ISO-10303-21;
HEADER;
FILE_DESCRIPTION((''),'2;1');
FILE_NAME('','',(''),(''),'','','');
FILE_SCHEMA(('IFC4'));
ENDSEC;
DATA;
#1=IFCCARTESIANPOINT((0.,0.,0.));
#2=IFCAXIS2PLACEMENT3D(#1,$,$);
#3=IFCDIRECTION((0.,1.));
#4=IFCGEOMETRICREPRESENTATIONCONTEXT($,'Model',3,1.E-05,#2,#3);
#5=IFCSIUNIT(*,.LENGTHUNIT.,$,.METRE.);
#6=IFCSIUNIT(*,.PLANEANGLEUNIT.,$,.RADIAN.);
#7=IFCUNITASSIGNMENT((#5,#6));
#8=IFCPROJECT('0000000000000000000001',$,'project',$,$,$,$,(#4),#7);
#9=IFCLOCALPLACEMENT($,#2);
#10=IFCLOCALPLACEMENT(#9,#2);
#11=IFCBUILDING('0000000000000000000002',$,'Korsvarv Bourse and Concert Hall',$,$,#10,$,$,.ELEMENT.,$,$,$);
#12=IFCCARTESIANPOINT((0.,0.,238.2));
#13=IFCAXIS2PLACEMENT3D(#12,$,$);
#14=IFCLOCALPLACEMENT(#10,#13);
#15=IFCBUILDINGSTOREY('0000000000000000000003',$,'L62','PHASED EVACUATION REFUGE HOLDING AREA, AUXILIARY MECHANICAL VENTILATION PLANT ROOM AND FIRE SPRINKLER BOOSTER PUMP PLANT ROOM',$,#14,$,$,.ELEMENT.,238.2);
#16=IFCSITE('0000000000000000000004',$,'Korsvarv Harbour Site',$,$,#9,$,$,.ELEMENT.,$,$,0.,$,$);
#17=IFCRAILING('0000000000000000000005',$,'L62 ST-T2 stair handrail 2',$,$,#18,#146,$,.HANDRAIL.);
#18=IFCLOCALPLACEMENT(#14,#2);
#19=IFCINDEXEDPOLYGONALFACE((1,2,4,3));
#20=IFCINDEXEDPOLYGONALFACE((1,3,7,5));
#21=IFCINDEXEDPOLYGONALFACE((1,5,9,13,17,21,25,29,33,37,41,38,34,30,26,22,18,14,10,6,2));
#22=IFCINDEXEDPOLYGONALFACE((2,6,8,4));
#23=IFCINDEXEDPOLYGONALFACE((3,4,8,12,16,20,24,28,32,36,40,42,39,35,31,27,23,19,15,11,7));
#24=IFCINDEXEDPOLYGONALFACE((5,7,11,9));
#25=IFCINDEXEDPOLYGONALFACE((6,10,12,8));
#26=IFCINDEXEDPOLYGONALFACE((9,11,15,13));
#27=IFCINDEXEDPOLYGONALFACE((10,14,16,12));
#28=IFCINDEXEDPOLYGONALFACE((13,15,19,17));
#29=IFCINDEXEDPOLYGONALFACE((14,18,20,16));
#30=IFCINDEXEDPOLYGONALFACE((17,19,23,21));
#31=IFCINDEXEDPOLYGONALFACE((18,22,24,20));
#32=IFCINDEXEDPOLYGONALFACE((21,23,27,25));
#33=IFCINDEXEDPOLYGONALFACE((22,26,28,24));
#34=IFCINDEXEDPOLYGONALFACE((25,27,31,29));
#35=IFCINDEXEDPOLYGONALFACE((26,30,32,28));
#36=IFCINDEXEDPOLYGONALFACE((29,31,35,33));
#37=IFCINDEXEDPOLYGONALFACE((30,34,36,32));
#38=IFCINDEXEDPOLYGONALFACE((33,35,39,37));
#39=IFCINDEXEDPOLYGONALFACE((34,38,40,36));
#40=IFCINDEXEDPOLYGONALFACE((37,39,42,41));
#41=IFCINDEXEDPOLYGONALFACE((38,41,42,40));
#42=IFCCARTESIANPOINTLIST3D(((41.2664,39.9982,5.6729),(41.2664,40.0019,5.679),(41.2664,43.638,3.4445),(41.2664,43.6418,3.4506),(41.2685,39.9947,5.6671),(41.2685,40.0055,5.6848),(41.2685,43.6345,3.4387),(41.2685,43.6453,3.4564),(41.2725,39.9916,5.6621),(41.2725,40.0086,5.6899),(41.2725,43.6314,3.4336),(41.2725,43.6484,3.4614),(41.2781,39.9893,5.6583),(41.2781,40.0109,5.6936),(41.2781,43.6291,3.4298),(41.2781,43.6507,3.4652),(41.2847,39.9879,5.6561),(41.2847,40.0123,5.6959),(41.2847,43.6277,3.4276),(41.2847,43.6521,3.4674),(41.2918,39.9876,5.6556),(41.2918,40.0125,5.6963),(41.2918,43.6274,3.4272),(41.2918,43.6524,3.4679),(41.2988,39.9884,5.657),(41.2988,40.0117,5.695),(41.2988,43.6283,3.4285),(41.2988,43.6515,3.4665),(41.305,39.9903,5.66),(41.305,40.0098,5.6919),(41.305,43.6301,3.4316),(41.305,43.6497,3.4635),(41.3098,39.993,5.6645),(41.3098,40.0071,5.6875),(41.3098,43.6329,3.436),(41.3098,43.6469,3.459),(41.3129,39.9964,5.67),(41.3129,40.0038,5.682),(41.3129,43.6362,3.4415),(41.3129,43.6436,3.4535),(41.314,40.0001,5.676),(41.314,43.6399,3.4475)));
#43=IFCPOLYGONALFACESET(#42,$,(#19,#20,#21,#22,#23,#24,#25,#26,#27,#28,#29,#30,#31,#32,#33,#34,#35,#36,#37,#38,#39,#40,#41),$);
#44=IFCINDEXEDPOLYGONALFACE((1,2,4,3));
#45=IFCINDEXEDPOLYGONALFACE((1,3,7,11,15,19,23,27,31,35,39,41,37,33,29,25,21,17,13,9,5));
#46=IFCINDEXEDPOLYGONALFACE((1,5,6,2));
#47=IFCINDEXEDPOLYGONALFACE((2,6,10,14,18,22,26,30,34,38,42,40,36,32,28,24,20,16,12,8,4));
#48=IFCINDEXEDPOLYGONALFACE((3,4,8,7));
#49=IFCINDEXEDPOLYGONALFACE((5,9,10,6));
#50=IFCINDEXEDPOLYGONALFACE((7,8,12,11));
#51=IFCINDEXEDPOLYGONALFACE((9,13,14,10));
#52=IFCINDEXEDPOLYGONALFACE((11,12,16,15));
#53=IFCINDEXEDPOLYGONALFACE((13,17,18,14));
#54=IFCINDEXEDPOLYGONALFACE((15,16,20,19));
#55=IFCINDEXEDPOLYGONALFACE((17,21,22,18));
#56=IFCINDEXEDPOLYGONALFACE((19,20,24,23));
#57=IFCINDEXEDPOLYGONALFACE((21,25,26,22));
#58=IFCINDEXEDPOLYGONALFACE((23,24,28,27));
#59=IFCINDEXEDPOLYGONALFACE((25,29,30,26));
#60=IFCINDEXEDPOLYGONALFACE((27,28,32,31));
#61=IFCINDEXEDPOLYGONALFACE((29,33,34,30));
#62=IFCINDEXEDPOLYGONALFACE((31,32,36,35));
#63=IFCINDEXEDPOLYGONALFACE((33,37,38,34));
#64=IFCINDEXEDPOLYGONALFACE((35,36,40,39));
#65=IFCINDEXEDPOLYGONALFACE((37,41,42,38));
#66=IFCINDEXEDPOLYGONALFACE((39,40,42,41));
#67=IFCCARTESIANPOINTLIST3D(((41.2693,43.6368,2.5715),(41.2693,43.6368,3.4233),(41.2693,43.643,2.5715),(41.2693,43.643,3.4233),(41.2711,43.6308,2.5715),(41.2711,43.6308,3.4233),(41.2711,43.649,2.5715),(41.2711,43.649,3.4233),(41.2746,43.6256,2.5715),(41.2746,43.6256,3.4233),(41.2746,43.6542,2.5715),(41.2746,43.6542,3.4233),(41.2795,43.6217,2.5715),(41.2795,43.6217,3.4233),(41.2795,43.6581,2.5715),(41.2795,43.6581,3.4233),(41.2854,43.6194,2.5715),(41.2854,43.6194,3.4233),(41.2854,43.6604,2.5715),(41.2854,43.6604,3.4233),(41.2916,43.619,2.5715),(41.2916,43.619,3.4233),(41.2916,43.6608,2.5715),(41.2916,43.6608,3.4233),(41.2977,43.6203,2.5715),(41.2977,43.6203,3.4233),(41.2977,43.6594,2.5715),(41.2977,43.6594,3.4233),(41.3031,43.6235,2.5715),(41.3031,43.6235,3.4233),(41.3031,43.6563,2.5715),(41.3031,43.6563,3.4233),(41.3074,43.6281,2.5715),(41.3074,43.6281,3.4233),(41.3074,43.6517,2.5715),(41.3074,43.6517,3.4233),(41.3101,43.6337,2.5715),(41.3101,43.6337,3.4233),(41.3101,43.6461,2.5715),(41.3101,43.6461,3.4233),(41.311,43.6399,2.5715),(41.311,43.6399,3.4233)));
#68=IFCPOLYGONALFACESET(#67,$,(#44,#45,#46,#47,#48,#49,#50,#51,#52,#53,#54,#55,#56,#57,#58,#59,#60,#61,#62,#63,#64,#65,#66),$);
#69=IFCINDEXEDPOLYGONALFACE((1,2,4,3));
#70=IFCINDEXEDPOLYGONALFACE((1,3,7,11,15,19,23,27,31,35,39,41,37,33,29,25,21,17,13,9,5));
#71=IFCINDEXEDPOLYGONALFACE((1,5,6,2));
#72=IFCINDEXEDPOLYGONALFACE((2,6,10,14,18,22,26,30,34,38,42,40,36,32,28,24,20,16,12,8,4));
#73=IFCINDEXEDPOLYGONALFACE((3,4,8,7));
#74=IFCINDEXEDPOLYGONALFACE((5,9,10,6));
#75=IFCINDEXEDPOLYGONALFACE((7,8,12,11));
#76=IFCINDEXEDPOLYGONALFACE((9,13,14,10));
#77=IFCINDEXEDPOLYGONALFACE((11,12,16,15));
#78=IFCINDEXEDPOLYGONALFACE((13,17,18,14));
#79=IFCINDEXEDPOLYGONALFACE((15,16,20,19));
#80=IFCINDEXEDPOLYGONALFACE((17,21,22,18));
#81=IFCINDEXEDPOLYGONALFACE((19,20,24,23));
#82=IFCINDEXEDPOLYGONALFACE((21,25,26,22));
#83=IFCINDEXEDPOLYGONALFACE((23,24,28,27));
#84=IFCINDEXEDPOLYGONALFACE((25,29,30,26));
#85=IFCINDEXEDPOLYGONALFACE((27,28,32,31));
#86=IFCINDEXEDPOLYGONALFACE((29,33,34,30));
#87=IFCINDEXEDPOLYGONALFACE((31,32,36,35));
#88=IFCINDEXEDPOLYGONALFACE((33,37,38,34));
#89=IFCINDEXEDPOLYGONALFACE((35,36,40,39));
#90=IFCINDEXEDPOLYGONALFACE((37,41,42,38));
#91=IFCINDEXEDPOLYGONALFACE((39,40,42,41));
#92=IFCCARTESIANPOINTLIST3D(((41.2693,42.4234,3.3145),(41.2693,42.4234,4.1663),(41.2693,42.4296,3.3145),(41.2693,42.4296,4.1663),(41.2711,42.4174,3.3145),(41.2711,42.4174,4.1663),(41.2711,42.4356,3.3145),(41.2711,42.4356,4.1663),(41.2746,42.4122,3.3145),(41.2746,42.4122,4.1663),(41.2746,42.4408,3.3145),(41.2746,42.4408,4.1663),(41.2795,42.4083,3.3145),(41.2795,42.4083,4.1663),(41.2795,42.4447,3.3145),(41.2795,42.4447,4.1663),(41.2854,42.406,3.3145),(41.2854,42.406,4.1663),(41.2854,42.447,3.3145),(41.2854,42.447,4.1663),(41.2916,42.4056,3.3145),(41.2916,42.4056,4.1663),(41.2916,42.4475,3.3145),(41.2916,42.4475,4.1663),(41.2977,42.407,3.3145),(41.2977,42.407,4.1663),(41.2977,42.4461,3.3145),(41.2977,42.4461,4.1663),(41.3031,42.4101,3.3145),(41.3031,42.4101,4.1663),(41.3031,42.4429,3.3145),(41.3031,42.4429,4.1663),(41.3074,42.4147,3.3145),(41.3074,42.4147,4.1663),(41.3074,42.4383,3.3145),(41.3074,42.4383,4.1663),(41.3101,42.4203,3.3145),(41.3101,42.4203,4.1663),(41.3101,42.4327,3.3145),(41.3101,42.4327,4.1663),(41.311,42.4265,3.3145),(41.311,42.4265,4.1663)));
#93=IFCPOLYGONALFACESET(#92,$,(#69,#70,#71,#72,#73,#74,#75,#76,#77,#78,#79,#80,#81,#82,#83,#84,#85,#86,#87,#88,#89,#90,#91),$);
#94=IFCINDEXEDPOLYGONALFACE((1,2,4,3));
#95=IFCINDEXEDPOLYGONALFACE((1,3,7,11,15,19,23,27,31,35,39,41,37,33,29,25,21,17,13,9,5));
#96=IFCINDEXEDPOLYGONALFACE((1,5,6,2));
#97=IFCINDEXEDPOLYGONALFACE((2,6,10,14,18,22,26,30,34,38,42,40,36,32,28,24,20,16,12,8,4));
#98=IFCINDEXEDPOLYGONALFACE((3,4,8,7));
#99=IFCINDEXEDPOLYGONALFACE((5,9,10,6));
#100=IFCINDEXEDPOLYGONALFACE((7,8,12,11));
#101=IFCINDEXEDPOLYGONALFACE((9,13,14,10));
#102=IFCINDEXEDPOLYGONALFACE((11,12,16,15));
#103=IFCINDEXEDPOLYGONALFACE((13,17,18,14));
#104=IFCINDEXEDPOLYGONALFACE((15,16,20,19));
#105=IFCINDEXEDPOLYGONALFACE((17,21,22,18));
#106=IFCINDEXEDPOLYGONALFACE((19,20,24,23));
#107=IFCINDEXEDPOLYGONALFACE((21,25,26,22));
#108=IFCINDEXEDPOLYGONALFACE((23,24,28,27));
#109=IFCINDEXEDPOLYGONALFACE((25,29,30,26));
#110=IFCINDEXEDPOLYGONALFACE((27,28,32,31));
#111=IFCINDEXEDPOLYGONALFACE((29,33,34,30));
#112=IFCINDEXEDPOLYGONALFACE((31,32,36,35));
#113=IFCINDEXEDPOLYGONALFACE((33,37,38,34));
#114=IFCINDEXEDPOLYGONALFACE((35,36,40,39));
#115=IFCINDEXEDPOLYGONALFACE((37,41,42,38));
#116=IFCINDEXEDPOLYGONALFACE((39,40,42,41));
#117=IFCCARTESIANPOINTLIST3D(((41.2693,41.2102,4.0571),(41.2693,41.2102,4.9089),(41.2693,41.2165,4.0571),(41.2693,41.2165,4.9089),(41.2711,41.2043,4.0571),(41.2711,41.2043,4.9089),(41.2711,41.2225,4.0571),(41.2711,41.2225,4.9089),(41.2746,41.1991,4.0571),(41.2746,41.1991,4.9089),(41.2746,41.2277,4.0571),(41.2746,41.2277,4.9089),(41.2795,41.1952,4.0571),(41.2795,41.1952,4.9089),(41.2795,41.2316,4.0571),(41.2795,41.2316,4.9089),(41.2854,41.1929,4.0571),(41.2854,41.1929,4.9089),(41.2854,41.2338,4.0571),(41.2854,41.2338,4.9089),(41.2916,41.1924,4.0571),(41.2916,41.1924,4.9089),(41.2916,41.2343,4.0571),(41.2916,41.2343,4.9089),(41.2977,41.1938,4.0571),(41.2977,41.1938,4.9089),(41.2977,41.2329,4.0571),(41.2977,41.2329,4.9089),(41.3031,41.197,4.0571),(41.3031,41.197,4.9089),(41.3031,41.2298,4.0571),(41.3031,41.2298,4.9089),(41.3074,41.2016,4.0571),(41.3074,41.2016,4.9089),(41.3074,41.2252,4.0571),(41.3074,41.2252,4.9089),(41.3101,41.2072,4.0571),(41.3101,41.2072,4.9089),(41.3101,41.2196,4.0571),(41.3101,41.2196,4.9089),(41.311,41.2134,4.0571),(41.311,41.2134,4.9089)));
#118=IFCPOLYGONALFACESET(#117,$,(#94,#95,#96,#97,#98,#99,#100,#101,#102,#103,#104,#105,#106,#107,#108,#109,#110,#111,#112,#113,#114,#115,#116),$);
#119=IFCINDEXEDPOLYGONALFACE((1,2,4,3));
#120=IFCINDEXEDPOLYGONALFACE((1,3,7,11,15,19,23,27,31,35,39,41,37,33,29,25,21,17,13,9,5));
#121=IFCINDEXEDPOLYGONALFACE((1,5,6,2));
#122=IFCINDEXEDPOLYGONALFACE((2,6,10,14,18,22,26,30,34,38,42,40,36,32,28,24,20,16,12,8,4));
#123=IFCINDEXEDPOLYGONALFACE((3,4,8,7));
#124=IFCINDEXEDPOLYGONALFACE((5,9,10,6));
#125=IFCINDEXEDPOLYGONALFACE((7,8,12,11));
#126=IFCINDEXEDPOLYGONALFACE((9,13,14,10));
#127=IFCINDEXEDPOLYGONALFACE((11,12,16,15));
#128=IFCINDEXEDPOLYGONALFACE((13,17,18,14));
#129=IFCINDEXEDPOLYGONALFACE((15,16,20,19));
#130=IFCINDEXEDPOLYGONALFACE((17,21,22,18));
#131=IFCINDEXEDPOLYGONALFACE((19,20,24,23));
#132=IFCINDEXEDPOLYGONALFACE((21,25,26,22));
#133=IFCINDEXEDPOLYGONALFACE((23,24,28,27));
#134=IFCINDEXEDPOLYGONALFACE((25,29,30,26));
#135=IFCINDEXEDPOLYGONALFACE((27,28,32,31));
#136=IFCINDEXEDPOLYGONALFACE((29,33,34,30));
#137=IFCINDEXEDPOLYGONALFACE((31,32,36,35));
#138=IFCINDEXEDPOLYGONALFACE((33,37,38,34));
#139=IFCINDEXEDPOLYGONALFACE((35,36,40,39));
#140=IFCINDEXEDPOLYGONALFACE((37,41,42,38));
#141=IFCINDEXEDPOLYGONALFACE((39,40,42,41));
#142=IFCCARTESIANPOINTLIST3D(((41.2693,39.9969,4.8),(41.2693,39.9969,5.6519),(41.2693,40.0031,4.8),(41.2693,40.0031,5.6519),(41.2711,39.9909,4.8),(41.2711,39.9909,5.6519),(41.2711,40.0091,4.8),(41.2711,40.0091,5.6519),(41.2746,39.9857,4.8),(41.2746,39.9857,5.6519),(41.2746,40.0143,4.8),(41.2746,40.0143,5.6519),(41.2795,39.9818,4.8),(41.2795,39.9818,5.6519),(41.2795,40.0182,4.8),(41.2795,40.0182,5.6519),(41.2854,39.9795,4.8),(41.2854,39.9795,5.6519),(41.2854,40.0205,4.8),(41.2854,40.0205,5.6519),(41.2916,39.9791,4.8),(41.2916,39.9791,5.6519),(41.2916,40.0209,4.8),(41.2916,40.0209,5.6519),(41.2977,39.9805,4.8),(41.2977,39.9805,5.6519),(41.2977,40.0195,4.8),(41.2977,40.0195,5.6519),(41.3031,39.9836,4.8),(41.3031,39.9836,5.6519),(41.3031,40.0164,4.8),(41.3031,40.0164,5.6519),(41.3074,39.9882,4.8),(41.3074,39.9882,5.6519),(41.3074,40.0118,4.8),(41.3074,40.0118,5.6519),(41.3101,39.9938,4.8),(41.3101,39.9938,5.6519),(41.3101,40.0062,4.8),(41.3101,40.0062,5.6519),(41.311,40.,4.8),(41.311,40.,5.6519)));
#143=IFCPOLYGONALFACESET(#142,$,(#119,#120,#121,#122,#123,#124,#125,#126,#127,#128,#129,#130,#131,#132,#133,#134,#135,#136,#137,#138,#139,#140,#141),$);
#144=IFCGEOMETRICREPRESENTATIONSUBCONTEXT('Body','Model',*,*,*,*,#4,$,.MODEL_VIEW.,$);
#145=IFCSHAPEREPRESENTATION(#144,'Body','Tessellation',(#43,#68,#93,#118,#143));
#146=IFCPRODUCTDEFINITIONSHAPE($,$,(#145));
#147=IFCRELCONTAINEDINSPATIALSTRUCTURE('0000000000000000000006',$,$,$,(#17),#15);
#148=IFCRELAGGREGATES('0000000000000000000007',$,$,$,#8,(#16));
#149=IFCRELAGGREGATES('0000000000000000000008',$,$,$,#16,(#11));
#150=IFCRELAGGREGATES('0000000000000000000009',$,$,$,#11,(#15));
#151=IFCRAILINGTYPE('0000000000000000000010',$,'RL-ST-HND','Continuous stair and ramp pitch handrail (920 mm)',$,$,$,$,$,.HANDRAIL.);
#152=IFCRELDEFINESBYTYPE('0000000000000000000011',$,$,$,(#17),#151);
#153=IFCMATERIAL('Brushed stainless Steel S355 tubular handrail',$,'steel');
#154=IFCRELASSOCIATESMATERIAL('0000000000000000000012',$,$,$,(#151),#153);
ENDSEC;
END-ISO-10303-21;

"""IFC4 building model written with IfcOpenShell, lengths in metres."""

from ifc_helpers import new_model, si_unit, direction, frame, origin, origin_2d, place, context, subcontext, project, spatial, circle, extrude, material, type_object, element, save


model = new_model("IFC4")

# Units and contexts
model_context = context("Model", 3, precision=1e-05, world=origin(), true_north=direction((0.0, 1.0)))
body_context = subcontext(model_context, "Body", "Model", "MODEL_VIEW")
ifc_project = project(units=[si_unit("LENGTHUNIT", "METRE"), si_unit("PLANEANGLEUNIT", "RADIAN")], contexts=[model_context])

# Site, building, storey
site_placement = place(None, origin())
site = spatial("IfcSite", under=ifc_project, at=site_placement, Name="Korsvarv Harbour Site", CompositionType="ELEMENT", RefElevation=0.0)
building_placement = place(site_placement, origin())
building = spatial("IfcBuilding", under=site, at=building_placement, Name="Korsvarv Bourse and Concert Hall", CompositionType="ELEMENT")
storey_placement = place(building_placement, frame((0.0, 0.0, 238.2)))
storey = spatial("IfcBuildingStorey", under=building, at=storey_placement, Name="L62", Description="PHASED EVACUATION REFUGE HOLDING AREA, AUXILIARY MECHANICAL VENTILATION PLANT ROOM AND FIRE SPRINKLER BOOSTER PUMP PLANT ROOM", CompositionType="ELEMENT", Elevation=238.2)

# Railing
ifc_material_1 = material(Name="Brushed stainless Steel S355 tubular handrail", Category="steel")
railing_type_1 = type_object("IfcRailingType", Name="RL-ST-HND", Description="Continuous stair and ramp pitch handrail (920 mm)", PredefinedType="HANDRAIL", material=ifc_material_1)
railing_1_placement = place(storey_placement, frame((41.29, 43.6399, 2.5715)))
element("IfcRailing", 1, at=railing_1_placement, inside=storey, type_object=railing_type_1, Name="L62 ST-T2 stair handrail 2", PredefinedType="HANDRAIL", context=body_context, shape_type="SweptSolid", body=[
    extrude(circle(Radius=0.0239, at=origin_2d()), frame((0.0, 0.0, 0.876), z_axis=(0.0, -0.85285, 0.522156), x_axis=(1.0, 0.0, 0.0)), (0.0, 0.0, 1.0), 4.2678),
    extrude(circle(Radius=0.021, at=origin_2d()), origin(), (0.0, 0.0, 1.0), 0.8518),
    extrude(circle(Radius=0.021, at=origin_2d()), frame((0.0, -1.2134, 0.7429)), (0.0, 0.0, 1.0), 0.8518),
    extrude(circle(Radius=0.021, at=origin_2d()), frame((0.0, -2.4265, 1.4856)), (0.0, 0.0, 1.0), 0.8518),
    extrude(circle(Radius=0.021, at=origin_2d()), frame((0.0, -3.6399, 2.2285)), (0.0, 0.0, 1.0), 0.8518),
])

save(model, "model.ifc")
